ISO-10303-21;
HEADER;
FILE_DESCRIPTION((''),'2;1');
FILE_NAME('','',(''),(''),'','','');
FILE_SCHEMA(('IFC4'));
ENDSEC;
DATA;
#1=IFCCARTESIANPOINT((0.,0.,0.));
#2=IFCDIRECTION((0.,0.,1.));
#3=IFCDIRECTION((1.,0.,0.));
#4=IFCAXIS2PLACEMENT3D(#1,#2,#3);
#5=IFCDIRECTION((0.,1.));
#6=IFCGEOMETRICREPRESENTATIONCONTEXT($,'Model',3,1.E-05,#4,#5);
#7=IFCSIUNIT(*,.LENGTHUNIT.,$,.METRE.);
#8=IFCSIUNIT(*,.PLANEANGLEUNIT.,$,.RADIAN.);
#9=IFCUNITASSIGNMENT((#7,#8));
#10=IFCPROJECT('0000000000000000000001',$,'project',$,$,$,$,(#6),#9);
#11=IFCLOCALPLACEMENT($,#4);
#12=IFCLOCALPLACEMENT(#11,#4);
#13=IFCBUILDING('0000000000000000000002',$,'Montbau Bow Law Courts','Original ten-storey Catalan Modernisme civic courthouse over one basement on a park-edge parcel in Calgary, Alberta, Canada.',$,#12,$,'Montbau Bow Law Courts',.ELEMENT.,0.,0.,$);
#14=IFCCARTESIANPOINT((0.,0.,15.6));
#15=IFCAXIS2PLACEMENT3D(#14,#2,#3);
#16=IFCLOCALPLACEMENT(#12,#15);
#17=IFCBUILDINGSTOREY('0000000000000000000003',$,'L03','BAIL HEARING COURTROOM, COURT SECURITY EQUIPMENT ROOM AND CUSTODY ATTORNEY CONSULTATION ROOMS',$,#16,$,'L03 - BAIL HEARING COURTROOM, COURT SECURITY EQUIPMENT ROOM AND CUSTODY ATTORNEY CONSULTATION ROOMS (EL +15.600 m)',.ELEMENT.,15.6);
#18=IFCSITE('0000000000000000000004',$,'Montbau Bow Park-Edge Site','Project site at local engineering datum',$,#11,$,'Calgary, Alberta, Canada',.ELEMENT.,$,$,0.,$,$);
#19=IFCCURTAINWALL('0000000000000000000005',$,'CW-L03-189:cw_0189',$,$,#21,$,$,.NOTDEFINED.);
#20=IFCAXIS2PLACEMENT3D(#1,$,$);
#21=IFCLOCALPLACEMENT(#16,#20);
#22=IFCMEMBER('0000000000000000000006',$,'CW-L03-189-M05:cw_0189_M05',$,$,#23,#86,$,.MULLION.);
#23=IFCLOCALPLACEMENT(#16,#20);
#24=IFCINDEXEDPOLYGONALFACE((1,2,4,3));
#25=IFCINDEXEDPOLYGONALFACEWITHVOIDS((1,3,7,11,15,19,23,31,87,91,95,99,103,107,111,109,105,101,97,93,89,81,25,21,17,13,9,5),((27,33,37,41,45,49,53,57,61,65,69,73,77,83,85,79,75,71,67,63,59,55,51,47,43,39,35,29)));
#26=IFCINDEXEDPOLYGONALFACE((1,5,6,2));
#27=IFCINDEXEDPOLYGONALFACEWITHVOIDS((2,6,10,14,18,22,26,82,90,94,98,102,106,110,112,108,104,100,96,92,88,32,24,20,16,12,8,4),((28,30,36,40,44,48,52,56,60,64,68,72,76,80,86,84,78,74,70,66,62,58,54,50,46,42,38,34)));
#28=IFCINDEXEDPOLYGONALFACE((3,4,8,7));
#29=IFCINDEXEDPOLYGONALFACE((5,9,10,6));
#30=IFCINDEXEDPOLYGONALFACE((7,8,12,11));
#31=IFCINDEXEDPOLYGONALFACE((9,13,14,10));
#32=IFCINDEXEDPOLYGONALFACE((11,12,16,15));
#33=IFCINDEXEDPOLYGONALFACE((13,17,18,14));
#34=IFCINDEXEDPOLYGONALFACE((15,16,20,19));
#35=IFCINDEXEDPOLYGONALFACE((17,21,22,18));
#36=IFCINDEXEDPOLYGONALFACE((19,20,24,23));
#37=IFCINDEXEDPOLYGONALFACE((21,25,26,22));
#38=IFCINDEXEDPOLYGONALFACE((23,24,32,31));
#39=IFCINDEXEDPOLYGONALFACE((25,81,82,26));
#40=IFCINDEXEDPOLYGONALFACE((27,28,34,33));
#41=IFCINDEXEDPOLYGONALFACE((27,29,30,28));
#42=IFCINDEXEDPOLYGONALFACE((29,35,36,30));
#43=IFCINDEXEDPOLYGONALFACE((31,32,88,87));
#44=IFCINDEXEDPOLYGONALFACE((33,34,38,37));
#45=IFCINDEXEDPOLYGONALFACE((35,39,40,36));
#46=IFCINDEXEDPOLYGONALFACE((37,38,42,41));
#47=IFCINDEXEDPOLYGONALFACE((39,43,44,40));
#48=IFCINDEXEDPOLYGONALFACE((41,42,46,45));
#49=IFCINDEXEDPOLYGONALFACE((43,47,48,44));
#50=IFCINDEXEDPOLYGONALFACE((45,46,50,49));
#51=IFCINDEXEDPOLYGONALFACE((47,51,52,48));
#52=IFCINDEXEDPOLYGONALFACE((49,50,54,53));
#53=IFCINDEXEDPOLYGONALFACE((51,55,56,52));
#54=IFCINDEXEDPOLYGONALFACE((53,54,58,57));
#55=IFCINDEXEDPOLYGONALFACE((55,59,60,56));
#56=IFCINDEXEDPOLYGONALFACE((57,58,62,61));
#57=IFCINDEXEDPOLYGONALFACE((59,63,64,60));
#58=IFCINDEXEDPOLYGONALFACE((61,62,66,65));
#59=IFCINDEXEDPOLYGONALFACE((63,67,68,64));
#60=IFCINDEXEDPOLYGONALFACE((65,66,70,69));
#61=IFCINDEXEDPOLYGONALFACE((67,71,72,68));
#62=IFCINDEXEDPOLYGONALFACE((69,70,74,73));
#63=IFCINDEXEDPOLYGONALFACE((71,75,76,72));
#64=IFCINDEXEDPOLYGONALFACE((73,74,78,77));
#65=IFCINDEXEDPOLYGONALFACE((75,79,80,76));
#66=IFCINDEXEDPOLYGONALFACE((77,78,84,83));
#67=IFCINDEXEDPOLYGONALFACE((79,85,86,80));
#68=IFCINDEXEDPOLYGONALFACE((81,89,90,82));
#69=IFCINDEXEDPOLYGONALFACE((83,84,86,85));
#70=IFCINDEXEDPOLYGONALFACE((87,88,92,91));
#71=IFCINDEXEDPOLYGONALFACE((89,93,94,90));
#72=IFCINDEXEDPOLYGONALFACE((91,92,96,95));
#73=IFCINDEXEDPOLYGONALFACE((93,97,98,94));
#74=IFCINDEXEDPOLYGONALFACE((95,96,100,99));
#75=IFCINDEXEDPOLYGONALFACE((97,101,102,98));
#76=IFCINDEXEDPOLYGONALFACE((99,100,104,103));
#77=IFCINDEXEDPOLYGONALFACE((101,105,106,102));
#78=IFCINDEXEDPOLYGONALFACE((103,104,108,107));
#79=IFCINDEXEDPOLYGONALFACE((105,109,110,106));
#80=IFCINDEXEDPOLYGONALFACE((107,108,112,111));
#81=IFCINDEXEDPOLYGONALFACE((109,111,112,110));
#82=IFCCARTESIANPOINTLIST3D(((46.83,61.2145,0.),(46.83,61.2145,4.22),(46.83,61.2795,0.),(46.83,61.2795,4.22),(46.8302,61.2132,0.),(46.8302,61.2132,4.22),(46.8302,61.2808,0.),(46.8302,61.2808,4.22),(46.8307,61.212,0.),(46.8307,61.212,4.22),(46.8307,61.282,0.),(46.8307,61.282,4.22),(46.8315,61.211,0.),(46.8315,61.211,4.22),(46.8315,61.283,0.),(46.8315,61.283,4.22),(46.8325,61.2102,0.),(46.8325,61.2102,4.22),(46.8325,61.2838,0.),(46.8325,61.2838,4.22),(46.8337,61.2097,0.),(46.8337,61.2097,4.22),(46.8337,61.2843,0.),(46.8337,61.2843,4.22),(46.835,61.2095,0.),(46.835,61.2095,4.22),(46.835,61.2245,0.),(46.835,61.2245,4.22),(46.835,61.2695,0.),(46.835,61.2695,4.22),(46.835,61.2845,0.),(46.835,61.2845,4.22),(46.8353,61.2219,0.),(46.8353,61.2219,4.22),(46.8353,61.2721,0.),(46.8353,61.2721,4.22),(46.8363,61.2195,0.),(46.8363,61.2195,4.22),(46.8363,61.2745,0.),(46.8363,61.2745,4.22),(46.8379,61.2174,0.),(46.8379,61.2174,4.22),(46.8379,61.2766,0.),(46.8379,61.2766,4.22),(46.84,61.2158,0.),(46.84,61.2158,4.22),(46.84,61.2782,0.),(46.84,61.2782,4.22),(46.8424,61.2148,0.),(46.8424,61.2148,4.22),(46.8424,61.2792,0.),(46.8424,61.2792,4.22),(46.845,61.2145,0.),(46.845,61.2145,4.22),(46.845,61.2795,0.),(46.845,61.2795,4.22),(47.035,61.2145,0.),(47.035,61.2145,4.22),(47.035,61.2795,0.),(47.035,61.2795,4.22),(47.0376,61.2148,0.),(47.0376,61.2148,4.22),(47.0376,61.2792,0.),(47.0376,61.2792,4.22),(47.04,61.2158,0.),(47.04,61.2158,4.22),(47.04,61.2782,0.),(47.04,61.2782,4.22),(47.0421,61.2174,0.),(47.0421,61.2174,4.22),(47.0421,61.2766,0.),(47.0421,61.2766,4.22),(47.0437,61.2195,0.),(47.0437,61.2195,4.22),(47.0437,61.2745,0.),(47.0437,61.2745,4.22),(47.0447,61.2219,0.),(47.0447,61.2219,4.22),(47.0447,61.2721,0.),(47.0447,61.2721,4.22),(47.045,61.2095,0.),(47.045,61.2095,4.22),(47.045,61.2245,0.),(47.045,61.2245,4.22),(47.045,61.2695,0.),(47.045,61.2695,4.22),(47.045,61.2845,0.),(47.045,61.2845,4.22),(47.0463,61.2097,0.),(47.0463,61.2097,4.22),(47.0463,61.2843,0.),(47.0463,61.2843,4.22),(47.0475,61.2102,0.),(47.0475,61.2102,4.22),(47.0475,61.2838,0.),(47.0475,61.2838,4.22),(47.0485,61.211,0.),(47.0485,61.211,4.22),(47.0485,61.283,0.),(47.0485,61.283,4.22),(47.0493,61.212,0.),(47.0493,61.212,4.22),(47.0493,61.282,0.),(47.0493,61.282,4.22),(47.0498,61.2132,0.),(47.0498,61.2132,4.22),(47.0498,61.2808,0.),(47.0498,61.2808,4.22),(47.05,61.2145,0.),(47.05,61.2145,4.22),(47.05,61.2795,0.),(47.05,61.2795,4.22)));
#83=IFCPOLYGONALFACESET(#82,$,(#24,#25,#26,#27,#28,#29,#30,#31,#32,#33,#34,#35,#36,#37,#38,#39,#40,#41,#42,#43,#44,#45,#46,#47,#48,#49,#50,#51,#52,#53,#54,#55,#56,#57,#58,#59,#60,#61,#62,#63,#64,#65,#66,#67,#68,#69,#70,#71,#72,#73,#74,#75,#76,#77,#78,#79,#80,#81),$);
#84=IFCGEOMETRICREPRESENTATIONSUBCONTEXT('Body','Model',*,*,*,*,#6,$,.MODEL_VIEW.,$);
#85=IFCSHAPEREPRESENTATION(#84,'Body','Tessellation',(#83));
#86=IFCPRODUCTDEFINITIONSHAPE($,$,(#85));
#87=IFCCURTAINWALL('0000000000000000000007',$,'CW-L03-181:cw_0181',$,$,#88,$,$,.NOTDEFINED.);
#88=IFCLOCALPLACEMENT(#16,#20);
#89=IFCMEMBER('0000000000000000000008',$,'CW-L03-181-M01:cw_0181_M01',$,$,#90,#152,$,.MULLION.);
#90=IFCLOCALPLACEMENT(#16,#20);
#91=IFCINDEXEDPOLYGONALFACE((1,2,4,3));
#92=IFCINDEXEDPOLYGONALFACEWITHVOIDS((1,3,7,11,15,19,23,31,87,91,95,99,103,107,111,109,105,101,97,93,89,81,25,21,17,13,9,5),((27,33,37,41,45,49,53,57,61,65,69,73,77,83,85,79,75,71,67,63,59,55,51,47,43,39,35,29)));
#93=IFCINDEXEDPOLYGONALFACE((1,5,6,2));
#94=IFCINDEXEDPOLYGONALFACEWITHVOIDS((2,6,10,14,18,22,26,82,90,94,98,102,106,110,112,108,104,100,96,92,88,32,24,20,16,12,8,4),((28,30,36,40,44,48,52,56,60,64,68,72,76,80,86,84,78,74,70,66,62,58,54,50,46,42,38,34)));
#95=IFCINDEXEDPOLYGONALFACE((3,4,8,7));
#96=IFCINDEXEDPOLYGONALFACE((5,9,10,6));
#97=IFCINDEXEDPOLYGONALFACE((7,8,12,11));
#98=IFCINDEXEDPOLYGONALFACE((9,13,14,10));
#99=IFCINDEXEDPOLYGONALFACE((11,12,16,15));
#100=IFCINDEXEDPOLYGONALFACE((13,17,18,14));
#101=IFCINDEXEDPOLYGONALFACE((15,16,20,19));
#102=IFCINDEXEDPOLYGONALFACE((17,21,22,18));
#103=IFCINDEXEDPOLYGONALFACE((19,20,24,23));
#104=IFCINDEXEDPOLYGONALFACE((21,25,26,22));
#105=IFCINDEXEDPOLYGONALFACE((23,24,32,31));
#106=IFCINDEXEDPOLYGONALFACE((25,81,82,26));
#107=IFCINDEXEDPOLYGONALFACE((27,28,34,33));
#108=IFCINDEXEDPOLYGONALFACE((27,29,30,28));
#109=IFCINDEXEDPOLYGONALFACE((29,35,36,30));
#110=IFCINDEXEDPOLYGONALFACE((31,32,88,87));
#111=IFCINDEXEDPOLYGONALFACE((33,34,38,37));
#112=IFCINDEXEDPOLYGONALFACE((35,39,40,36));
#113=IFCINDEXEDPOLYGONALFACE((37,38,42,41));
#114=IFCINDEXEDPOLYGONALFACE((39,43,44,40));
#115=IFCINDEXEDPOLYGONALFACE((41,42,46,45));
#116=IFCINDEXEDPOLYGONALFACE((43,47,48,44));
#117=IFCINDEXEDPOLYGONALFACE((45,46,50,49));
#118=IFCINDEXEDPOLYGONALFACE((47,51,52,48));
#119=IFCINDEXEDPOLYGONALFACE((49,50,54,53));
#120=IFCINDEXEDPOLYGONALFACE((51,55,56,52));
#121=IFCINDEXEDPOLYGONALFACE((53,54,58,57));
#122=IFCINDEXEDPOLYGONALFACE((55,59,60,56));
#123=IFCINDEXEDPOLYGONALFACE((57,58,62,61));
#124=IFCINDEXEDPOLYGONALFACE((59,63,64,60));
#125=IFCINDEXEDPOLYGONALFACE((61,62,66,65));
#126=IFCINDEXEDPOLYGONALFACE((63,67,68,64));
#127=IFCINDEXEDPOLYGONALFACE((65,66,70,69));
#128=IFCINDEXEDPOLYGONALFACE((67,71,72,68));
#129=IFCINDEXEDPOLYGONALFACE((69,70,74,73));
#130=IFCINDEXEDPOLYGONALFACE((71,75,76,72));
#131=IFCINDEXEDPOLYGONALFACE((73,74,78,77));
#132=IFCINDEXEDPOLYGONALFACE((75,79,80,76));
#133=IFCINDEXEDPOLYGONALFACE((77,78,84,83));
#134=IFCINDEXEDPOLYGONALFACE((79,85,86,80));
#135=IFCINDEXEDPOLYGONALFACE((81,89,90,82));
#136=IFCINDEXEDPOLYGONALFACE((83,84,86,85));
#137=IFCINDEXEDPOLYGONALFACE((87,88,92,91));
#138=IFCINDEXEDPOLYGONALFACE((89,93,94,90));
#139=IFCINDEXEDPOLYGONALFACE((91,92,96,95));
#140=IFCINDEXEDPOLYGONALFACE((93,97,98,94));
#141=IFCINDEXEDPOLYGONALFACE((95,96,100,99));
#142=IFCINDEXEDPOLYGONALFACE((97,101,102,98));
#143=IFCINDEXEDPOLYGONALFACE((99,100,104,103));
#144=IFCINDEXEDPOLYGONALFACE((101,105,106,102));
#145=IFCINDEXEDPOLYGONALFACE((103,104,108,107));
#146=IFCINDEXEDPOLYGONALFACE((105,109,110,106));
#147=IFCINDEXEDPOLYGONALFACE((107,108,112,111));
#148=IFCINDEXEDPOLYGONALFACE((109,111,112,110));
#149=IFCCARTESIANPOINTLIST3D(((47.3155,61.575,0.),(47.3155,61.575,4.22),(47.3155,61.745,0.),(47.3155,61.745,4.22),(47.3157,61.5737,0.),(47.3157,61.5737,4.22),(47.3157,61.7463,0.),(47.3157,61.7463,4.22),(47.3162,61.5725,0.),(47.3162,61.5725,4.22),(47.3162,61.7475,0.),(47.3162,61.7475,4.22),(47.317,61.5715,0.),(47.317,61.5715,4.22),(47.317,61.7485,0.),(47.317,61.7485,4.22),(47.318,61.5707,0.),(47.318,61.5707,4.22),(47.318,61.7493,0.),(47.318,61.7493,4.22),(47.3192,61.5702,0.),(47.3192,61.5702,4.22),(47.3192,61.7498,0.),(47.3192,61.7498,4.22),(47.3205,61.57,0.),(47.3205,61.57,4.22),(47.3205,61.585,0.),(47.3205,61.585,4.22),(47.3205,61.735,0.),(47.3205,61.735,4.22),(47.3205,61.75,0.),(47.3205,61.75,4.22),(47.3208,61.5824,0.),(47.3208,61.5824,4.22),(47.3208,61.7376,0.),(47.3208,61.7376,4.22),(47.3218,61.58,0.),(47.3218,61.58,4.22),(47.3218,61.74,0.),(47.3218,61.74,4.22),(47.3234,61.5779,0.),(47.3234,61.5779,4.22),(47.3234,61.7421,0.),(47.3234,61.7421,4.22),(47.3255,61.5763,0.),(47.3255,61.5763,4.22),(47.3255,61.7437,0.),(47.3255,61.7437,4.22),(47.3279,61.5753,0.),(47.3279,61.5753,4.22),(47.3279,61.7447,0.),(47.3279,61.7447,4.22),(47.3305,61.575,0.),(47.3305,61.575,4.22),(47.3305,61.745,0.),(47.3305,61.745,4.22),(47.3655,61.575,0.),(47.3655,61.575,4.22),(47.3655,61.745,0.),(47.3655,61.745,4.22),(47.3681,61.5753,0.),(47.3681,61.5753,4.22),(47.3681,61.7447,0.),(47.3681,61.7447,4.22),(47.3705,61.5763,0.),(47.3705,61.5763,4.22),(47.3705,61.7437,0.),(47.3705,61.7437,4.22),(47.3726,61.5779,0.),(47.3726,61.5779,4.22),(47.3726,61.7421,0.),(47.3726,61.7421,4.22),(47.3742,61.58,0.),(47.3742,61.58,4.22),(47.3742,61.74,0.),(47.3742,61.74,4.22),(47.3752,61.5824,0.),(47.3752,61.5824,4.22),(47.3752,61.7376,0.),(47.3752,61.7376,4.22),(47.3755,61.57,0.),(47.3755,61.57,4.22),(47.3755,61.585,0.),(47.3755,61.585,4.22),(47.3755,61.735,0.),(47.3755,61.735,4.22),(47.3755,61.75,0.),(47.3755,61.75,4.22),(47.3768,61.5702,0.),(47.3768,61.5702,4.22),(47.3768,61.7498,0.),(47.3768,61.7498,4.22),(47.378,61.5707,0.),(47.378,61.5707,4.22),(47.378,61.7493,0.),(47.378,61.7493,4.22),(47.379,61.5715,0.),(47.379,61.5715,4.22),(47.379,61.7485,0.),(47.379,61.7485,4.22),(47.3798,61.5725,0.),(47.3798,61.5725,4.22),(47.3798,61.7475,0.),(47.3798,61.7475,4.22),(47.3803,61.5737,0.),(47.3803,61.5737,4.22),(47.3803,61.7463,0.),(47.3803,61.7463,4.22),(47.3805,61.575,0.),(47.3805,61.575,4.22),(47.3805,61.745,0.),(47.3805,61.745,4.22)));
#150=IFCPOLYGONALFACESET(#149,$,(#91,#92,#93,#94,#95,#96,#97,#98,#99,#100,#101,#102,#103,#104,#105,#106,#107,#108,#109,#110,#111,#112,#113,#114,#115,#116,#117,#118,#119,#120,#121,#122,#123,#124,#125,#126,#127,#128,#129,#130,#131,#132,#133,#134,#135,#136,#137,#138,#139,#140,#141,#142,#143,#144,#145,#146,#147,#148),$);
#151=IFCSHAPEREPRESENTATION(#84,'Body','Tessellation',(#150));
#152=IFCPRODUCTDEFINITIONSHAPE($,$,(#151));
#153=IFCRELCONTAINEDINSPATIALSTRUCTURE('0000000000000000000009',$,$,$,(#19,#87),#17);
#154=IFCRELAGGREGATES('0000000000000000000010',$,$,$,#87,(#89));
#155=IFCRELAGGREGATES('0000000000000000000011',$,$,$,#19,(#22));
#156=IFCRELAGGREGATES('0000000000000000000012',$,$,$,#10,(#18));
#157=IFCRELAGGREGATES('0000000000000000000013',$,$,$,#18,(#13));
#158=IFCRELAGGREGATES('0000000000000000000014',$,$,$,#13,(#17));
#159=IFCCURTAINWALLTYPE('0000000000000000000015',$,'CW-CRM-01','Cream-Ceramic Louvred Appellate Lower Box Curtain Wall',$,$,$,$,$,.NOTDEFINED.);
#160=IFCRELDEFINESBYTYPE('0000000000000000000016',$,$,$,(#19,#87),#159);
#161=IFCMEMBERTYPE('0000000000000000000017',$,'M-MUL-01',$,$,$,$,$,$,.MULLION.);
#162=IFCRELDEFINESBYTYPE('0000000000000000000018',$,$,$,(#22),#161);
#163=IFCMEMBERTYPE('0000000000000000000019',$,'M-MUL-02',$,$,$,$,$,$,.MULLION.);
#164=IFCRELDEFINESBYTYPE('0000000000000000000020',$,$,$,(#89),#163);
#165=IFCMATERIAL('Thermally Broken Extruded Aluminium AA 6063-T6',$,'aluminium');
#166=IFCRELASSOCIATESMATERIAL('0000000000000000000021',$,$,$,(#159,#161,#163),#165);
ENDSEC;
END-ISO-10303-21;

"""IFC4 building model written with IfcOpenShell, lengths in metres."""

from ifc_helpers import new_model, si_unit, direction, frame, origin_with_axes, origin_2d_with_axis, place, context, subcontext, project, spatial, hollow_rectangle, extrude, material, material_profile, profile_set, type_object, element, aggregate, save


model = new_model("IFC4")

# Units and contexts
model_context = context("Model", 3, precision=1e-05, world=origin_with_axes(), true_north=direction((0.0, 1.0)))
body_context = subcontext(model_context, "Body", "Model", "MODEL_VIEW")
ifc_project = project(units=[si_unit("LENGTHUNIT", "METRE"), si_unit("PLANEANGLEUNIT", "RADIAN")], contexts=[model_context])

# Site, building, storey
site_placement = place(None, origin_with_axes())
site = spatial("IfcSite", under=ifc_project, at=site_placement, Name="Montbau Bow Park-Edge Site", Description="Project site at local engineering datum", LongName="Calgary, Alberta, Canada", CompositionType="ELEMENT", RefElevation=0.0)
building_placement = place(site_placement, origin_with_axes())
building = spatial("IfcBuilding", under=site, at=building_placement, Name="Montbau Bow Law Courts", Description="Original ten-storey Catalan Modernisme civic courthouse over one basement on a park-edge parcel in Calgary, Alberta, Canada.", LongName="Montbau Bow Law Courts", CompositionType="ELEMENT", ElevationOfRefHeight=0.0, ElevationOfTerrain=0.0)
storey_placement = place(building_placement, frame((0.0, 0.0, 15.6), z_axis=(0.0, 0.0, 1.0), x_axis=(1.0, 0.0, 0.0)))
storey = spatial("IfcBuildingStorey", under=building, at=storey_placement, Name="L03", Description="BAIL HEARING COURTROOM, COURT SECURITY EQUIPMENT ROOM AND CUSTODY ATTORNEY CONSULTATION ROOMS", LongName="L03 - BAIL HEARING COURTROOM, COURT SECURITY EQUIPMENT ROOM AND CUSTODY ATTORNEY CONSULTATION ROOMS (EL +15.600 m)", CompositionType="ELEMENT", Elevation=15.6)

# Curtain walls, members
ifc_material_1 = material(Name="Thermally Broken Extruded Aluminium AA 6063-T6", Category="aluminium")
curtain_wall_type = type_object("IfcCurtainWallType", Name="CW-CRM-01", Description="Cream-Ceramic Louvred Appellate Lower Box Curtain Wall", PredefinedType="NOTDEFINED", material=ifc_material_1)
curtain_wall_1_placement = place(None, frame((46.94, 55.115, 15.6), z_axis=(0.0, 0.0, 1.0), x_axis=(1.0, 0.0, 0.0)))
curtain_wall_1 = element("IfcCurtainWall", 1, at=curtain_wall_1_placement, inside=storey, type_object=curtain_wall_type, Name="CW-L03-189:cw_0189", PredefinedType="NOTDEFINED")
ifc_material_profile_1 = material_profile(ifc_material_1, hollow_rectangle(XDim=0.075, YDim=0.22, WallThickness=0.005, InnerFilletRadius=0.01, OuterFilletRadius=0.005, at=origin_2d_with_axis()), Name="CWM-220X75", Category="Main", Priority=0)
ifc_profile_set_1 = profile_set([ifc_material_profile_1], Name="Thermally Broken Extruded Aluminium AA 6063-T6")
member_type_1 = type_object("IfcMemberType", Name="M-MUL-01", PredefinedType="MULLION", material=ifc_profile_set_1)
member_1_placement = place(None, frame((46.94, 61.247, 15.6), z_axis=(0.0, 0.0, 1.0), x_axis=(0.0, 1.0, 0.0)))
member_1 = element("IfcMember", 2, at=member_1_placement, type_object=member_type_1, Name="CW-L03-189-M05:cw_0189_M05", PredefinedType="MULLION", context=body_context, shape_type="SweptSolid", body=[
    extrude(hollow_rectangle(XDim=0.075, YDim=0.22, WallThickness=0.005, InnerFilletRadius=0.01, OuterFilletRadius=0.005, at=origin_2d_with_axis()), origin_with_axes(), (0.0, 0.0, 1.0), 4.22),
])
curtain_wall_2_placement = place(None, frame((47.315, 61.66, 15.6), z_axis=(0.0, 0.0, 1.0), x_axis=(1.0, 0.0, 0.0)))
curtain_wall_2 = element("IfcCurtainWall", 3, at=curtain_wall_2_placement, inside=storey, type_object=curtain_wall_type, Name="CW-L03-181:cw_0181", PredefinedType="NOTDEFINED")
ifc_material_profile_2 = material_profile(ifc_material_1, hollow_rectangle(XDim=0.065, YDim=0.18, WallThickness=0.005, InnerFilletRadius=0.01, OuterFilletRadius=0.005, at=origin_2d_with_axis()), Name="CWM-180X65", Category="Main", Priority=0)
ifc_profile_set_2 = profile_set([ifc_material_profile_2], Name="Thermally Broken Extruded Aluminium AA 6063-T6")
member_type_2 = type_object("IfcMemberType", Name="M-MUL-02", PredefinedType="MULLION", material=ifc_profile_set_2)
member_2_placement = place(None, frame((47.348, 61.66, 15.6), z_axis=(0.0, 0.0, 1.0), x_axis=(1.0, 0.0, 0.0)))
member_2 = element("IfcMember", 4, at=member_2_placement, type_object=member_type_2, Name="CW-L03-181-M01:cw_0181_M01", PredefinedType="MULLION", context=body_context, shape_type="SweptSolid", body=[
    extrude(hollow_rectangle(XDim=0.065, YDim=0.18, WallThickness=0.005, InnerFilletRadius=0.01, OuterFilletRadius=0.005, at=origin_2d_with_axis()), origin_with_axes(), (0.0, 0.0, 1.0), 4.22),
])

aggregate(curtain_wall_2, [member_2])
aggregate(curtain_wall_1, [member_1])

save(model, "model.ifc")
